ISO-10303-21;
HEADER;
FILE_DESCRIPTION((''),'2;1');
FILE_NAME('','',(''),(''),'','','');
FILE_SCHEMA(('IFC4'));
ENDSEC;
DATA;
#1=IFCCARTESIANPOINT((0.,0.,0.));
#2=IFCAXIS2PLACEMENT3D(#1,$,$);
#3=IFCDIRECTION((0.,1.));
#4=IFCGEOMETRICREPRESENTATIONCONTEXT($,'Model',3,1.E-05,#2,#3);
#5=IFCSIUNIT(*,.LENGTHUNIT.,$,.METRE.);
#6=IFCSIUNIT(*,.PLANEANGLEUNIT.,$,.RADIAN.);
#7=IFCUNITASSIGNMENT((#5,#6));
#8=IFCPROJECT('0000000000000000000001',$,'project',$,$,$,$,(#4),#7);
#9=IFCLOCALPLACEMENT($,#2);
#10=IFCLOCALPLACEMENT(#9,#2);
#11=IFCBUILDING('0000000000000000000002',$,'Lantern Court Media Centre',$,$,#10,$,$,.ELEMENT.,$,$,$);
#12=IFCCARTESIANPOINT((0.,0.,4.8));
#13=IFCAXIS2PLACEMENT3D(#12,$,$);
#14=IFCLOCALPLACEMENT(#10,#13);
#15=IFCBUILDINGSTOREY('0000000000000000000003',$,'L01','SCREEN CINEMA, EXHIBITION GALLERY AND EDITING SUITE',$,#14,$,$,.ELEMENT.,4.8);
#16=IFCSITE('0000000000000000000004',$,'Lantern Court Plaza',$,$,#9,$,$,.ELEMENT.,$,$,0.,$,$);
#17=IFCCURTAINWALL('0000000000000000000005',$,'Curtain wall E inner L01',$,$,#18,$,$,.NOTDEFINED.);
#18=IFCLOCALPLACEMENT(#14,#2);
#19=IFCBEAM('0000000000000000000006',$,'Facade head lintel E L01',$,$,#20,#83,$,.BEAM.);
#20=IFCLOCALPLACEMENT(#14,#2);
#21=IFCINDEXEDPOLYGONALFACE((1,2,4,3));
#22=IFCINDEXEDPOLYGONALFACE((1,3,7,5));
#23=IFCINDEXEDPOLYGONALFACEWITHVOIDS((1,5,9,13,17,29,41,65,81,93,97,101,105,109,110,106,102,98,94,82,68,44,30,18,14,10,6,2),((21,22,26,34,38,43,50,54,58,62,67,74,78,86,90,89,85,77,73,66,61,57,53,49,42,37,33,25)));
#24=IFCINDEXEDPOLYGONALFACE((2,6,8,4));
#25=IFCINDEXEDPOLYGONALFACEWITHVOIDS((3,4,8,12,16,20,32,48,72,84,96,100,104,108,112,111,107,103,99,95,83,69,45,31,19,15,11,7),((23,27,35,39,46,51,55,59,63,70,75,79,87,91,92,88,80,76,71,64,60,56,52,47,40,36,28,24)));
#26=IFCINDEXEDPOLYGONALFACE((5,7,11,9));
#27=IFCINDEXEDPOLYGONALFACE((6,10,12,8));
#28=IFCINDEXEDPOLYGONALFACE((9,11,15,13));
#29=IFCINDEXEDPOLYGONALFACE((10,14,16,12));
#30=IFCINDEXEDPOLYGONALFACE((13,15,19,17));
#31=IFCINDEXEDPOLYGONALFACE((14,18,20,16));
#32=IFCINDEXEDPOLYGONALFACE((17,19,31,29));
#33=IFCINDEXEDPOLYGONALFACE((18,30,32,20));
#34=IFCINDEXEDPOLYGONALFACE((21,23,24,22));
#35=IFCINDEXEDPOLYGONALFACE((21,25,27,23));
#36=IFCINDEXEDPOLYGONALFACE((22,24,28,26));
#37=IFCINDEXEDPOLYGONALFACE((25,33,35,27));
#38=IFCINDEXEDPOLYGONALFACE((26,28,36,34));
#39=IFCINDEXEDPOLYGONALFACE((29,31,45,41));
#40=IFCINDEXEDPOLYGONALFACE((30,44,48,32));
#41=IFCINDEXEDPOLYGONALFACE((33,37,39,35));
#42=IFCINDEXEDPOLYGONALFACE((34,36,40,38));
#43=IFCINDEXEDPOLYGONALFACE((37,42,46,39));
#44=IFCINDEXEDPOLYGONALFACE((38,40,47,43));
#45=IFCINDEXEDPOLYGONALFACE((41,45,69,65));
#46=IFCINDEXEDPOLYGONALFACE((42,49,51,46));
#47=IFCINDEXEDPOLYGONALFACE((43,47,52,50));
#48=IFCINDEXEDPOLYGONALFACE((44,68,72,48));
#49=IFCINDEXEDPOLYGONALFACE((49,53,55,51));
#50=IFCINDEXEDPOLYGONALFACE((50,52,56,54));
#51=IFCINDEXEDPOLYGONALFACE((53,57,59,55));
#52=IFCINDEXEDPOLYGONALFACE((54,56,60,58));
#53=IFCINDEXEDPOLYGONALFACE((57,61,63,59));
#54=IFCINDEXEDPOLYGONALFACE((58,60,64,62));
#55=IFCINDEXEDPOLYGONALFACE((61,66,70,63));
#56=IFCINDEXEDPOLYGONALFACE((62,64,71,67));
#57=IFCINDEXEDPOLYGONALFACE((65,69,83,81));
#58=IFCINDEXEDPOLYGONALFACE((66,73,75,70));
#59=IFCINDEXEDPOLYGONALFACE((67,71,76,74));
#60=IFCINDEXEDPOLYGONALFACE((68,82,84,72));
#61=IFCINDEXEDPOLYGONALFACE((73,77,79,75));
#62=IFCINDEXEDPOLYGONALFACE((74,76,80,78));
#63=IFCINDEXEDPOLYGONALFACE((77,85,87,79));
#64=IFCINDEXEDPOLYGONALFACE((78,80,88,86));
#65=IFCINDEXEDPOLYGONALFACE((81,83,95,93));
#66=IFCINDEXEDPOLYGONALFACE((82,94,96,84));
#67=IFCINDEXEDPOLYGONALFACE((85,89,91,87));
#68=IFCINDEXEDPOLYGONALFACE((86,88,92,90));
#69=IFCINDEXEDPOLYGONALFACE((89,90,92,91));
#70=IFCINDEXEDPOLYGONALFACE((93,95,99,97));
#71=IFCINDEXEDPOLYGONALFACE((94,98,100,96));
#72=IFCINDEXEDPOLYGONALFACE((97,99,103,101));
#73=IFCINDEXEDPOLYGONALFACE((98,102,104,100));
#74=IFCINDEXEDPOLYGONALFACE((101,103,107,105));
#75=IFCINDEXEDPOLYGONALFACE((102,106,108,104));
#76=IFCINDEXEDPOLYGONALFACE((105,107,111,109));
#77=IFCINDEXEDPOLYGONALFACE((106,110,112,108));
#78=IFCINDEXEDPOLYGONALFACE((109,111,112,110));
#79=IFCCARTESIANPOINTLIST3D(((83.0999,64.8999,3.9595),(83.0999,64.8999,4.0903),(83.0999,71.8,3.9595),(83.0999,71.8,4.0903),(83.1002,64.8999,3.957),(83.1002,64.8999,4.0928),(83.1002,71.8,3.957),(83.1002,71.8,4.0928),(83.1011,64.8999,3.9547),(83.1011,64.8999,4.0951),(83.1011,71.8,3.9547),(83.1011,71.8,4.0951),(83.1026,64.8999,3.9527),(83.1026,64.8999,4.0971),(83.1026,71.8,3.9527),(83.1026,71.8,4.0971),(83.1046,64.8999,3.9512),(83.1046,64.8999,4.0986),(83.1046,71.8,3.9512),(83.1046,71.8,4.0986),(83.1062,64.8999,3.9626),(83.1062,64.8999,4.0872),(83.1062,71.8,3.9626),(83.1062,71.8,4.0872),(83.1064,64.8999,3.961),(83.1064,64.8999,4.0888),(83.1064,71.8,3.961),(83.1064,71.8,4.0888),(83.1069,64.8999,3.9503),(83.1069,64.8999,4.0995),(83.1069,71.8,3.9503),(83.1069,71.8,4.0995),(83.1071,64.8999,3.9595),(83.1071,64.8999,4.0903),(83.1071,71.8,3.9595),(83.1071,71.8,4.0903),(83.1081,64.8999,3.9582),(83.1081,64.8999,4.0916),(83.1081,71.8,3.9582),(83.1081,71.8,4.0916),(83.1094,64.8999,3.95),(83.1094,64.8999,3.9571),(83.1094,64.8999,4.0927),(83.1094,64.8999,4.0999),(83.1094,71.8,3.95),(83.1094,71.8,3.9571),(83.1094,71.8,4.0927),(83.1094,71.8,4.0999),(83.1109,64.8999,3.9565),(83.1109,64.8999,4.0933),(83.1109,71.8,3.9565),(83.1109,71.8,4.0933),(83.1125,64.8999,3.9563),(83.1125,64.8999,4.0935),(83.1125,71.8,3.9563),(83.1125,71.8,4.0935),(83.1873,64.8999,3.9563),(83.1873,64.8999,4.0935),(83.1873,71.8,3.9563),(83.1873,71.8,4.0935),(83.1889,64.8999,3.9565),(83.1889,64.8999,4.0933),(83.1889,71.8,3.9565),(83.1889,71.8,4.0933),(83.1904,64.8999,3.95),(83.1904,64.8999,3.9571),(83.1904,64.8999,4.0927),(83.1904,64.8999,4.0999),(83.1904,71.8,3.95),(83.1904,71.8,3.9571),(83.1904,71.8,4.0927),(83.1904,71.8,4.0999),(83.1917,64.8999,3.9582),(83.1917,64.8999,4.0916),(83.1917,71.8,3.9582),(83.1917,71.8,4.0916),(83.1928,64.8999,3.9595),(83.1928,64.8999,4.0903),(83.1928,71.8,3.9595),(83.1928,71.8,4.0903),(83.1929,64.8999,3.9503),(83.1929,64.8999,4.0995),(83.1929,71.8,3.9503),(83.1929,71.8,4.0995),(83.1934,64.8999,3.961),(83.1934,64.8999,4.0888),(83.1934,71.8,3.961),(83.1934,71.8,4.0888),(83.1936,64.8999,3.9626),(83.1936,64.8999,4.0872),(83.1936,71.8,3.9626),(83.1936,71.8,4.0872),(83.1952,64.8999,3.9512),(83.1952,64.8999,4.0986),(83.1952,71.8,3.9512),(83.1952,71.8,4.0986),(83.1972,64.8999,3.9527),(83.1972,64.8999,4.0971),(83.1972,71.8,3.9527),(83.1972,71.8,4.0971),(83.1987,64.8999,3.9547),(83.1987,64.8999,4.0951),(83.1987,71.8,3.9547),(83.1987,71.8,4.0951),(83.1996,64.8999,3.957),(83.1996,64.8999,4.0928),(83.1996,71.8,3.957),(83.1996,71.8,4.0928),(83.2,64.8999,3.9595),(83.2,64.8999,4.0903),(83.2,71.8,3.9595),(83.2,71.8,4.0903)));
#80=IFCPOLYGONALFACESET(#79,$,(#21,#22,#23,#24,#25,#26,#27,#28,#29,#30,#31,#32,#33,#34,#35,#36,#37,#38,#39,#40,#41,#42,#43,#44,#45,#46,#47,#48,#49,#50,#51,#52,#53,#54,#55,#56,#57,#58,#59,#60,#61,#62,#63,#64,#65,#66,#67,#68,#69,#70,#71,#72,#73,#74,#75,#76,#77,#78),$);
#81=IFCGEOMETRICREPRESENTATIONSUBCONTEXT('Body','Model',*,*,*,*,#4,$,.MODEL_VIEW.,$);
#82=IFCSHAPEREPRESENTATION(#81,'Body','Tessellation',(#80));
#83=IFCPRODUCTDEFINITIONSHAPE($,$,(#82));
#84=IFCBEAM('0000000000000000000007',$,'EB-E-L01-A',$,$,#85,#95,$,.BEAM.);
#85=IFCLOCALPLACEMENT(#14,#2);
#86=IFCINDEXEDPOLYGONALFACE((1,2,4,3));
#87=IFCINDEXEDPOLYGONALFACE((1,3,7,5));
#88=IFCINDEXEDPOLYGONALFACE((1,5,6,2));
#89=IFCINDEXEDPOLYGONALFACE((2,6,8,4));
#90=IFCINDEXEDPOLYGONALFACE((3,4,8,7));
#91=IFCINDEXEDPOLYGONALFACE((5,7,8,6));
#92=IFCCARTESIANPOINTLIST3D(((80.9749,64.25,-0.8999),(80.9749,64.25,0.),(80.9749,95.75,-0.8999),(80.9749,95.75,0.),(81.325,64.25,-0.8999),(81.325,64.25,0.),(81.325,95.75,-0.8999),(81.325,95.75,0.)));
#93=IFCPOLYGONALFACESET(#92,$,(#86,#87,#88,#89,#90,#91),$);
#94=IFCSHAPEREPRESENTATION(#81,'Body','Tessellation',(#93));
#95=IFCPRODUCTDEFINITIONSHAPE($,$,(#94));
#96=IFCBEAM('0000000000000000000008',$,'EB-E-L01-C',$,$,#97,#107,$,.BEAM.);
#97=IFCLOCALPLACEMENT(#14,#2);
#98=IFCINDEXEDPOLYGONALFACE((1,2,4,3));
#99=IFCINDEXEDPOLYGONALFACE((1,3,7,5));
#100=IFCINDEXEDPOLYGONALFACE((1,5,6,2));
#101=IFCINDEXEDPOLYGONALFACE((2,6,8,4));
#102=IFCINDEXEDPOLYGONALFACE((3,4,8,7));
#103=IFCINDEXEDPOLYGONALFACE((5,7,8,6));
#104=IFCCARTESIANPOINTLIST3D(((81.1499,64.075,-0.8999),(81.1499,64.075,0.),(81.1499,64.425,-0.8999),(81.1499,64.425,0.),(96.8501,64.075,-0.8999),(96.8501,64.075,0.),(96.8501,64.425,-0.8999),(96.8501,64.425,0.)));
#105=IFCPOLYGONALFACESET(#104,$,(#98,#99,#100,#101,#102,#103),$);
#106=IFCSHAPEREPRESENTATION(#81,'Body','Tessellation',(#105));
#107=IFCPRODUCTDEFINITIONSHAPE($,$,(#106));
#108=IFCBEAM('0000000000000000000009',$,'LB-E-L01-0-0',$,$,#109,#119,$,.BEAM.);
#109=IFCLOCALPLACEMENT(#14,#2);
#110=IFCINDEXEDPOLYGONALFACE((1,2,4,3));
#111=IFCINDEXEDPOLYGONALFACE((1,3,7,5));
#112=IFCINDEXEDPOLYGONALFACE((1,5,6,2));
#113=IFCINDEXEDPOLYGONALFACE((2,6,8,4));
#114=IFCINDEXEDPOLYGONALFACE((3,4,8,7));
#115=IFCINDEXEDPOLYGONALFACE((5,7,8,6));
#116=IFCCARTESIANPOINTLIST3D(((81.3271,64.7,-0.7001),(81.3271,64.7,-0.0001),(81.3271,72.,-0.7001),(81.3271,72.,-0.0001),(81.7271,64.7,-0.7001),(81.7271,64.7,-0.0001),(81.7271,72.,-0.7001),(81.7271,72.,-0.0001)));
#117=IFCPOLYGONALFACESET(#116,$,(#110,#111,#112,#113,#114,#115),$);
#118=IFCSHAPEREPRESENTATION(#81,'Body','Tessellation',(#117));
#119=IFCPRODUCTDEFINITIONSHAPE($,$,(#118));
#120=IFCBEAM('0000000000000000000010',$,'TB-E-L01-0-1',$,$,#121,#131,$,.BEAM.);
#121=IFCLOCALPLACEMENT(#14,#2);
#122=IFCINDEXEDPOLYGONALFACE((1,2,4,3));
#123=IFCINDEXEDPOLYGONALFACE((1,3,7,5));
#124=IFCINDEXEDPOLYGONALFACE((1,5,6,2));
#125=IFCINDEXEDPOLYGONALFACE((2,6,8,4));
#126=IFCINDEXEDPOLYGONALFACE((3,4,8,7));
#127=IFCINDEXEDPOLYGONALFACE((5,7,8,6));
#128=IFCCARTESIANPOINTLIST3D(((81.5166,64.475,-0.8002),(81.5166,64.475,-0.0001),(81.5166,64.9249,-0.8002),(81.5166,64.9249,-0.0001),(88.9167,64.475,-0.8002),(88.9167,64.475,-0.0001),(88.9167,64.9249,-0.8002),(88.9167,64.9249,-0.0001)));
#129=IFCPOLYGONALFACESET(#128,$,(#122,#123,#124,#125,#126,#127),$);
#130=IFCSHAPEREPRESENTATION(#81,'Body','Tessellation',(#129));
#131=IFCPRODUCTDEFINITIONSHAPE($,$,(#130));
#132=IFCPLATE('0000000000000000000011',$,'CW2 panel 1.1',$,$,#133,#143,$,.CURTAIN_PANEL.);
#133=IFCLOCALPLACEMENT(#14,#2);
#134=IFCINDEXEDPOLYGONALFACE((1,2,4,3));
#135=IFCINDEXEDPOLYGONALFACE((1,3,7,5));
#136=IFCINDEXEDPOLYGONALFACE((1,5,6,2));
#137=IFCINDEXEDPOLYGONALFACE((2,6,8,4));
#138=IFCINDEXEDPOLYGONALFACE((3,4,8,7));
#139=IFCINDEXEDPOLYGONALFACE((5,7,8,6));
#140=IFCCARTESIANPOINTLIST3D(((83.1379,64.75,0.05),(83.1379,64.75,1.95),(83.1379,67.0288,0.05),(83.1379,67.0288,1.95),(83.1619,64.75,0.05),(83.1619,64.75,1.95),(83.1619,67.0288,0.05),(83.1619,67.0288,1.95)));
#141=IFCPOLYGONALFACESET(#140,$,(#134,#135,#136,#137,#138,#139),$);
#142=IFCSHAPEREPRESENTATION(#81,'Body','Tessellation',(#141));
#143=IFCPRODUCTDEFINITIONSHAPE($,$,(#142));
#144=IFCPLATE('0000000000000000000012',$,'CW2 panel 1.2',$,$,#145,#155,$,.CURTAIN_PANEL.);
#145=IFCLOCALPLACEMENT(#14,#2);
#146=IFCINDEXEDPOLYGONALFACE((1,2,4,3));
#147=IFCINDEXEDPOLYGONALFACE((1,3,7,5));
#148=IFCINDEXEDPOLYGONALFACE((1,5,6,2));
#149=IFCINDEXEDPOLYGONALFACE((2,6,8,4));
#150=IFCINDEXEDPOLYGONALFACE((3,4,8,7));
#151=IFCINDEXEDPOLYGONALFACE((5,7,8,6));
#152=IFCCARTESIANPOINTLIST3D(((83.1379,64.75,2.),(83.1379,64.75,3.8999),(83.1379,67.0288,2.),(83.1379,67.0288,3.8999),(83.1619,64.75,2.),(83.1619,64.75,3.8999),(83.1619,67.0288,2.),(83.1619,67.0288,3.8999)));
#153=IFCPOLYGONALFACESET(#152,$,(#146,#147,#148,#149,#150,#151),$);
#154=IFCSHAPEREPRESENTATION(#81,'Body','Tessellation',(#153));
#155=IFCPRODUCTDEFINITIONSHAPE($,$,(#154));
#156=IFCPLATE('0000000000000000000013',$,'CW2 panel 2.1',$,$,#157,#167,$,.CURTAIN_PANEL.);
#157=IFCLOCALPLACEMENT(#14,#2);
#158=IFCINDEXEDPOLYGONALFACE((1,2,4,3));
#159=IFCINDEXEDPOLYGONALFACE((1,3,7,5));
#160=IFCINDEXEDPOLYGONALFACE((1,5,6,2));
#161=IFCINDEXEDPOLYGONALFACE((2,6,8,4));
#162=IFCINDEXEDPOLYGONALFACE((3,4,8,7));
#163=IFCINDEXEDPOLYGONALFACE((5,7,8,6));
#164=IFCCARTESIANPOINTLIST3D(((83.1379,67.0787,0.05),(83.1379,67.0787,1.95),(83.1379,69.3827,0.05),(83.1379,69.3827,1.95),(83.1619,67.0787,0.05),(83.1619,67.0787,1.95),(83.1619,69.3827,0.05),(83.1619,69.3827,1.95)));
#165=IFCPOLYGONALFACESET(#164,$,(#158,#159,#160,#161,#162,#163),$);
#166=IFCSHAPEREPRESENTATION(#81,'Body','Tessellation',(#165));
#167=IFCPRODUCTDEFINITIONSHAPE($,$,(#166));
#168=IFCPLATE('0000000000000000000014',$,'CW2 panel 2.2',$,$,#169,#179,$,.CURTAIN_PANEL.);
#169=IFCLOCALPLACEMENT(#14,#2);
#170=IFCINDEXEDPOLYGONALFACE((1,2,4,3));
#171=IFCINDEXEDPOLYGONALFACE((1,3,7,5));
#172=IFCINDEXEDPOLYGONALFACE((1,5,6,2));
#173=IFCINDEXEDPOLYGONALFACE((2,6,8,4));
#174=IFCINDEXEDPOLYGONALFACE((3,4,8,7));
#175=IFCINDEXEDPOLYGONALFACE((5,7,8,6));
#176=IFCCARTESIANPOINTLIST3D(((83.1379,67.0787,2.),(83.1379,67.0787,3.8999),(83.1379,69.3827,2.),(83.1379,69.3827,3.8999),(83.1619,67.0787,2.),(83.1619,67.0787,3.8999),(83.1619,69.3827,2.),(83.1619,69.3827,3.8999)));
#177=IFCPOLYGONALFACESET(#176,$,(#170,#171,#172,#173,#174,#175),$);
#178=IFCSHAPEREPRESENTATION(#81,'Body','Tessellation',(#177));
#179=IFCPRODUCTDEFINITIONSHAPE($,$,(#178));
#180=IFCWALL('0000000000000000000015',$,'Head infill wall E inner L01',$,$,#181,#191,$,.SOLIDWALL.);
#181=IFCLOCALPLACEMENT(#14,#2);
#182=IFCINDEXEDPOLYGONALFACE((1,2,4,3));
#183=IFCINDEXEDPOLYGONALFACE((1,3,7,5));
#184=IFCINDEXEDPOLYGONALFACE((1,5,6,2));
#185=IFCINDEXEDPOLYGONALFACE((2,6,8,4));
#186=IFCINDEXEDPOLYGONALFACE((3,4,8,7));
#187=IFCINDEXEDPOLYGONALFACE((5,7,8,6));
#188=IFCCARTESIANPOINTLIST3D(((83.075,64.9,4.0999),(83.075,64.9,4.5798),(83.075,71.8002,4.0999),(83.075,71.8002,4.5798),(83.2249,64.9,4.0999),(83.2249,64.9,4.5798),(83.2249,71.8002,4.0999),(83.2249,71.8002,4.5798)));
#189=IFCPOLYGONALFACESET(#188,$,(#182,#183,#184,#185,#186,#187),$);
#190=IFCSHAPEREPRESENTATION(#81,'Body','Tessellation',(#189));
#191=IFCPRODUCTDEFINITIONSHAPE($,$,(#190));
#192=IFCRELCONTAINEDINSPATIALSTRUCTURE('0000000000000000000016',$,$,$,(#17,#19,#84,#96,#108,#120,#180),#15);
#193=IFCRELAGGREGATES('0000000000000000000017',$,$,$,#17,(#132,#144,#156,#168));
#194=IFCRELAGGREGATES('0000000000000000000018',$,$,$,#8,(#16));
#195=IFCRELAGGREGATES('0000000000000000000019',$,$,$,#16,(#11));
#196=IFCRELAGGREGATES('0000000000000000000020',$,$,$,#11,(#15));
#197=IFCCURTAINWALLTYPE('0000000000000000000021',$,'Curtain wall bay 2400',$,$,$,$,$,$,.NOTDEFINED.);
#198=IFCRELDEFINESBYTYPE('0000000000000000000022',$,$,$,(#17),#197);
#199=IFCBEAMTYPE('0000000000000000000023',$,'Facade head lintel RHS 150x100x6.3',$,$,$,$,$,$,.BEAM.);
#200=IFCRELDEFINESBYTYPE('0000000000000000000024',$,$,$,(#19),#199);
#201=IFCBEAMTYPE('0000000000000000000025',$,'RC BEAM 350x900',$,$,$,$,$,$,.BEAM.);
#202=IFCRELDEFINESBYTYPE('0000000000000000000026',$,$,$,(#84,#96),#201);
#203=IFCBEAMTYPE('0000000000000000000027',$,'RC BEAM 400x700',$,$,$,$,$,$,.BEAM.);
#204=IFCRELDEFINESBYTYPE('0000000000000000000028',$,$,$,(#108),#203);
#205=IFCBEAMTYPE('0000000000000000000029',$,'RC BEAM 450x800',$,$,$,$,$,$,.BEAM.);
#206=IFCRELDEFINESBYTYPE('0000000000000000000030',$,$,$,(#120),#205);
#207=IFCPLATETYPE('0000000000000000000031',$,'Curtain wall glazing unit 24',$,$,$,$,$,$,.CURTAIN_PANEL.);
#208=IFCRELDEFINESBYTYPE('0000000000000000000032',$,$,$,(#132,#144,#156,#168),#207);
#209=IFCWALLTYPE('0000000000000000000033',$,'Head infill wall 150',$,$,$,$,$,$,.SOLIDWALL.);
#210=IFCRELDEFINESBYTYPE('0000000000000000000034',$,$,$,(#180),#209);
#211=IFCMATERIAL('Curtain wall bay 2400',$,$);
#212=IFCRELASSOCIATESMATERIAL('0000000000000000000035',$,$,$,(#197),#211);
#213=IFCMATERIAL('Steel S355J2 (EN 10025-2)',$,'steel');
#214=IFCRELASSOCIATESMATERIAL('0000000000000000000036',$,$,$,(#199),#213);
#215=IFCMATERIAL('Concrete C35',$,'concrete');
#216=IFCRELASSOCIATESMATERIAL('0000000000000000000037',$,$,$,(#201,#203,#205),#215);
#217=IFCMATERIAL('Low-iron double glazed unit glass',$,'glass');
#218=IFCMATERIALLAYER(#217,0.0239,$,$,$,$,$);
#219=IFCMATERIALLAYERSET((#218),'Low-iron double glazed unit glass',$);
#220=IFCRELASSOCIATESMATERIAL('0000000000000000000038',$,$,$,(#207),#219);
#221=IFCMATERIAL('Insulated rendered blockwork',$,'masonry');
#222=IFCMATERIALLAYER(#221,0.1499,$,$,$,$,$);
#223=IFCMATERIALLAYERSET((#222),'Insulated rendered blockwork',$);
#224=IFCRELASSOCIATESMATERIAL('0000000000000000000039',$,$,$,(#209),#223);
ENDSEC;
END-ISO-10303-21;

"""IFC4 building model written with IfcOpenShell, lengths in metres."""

from ifc_helpers import new_model, si_unit, direction, frame, frame_2d, origin, origin_2d, place, context, subcontext, project, spatial, rectangle, hollow_rectangle, extrude, material, layer, layer_set, material_profile, profile_set, type_object, element, aggregate, save


model = new_model("IFC4")

# Units and contexts
model_context = context("Model", 3, precision=1e-05, world=origin(), true_north=direction((0.0, 1.0)))
body_context = subcontext(model_context, "Body", "Model", "MODEL_VIEW")
ifc_project = project(units=[si_unit("LENGTHUNIT", "METRE"), si_unit("PLANEANGLEUNIT", "RADIAN")], contexts=[model_context])

# Site, building, storey
site_placement = place(None, origin())
site = spatial("IfcSite", under=ifc_project, at=site_placement, Name="Lantern Court Plaza", CompositionType="ELEMENT", RefElevation=0.0)
building_placement = place(site_placement, origin())
building = spatial("IfcBuilding", under=site, at=building_placement, Name="Lantern Court Media Centre", CompositionType="ELEMENT")
storey_placement = place(building_placement, frame((0.0, 0.0, 4.8)))
storey = spatial("IfcBuildingStorey", under=building, at=storey_placement, Name="L01", Description="SCREEN CINEMA, EXHIBITION GALLERY AND EDITING SUITE", CompositionType="ELEMENT", Elevation=4.8)

# Shared definitions
ifc_material_1 = material(Name="Concrete C35", Category="concrete")

# Curtain wall
ifc_material_2 = material(Name="Curtain wall bay 2400")
curtain_wall_type = type_object("IfcCurtainWallType", Name="Curtain wall bay 2400", PredefinedType="NOTDEFINED", material=ifc_material_2)
curtain_wall_placement = place(storey_placement, origin())
curtain_wall = element("IfcCurtainWall", 1, at=curtain_wall_placement, inside=storey, type_object=curtain_wall_type, Name="Curtain wall E inner L01", PredefinedType="NOTDEFINED")

# Beams
ifc_material_3 = material(Name="Steel S355J2 (EN 10025-2)", Category="steel")
ifc_material_profile_1 = material_profile(ifc_material_3, hollow_rectangle(XDim=0.1001, YDim=0.1499, WallThickness=0.0063, InnerFilletRadius=0.0063, OuterFilletRadius=0.0095, at=origin_2d()), Name="Facade head lintel RHS 150x100x6.3")
ifc_profile_set_1 = profile_set([ifc_material_profile_1], Name="Steel S355J2 (EN 10025-2)")
beam_type_1 = type_object("IfcBeamType", Name="Facade head lintel RHS 150x100x6.3", PredefinedType="BEAM", material=ifc_profile_set_1)
beam_1_placement = place(storey_placement, frame((83.1499, 64.8999, 4.0249), z_axis=(0.0, 1.0, 0.0), x_axis=(-1.0, 0.0, 0.0)))
element("IfcBeam", 2, at=beam_1_placement, inside=storey, type_object=beam_type_1, Name="Facade head lintel E L01", PredefinedType="BEAM", context=body_context, shape_type="SweptSolid", body=[
    extrude(hollow_rectangle(XDim=0.1001, YDim=0.1499, WallThickness=0.0063, InnerFilletRadius=0.0063, OuterFilletRadius=0.0095, at=origin_2d()), origin(), (0.0, 0.0, 1.0), 6.9001),
])
ifc_material_profile_2 = material_profile(ifc_material_1, rectangle(XDim=0.3501, YDim=0.8999, at=origin_2d()), Name="RC 350x900")
ifc_profile_set_2 = profile_set([ifc_material_profile_2], Name="Concrete C35")
beam_type_2 = type_object("IfcBeamType", Name="RC BEAM 350x900", PredefinedType="BEAM", material=ifc_profile_set_2)
beam_2_placement = place(storey_placement, frame((81.1499, 64.25, -0.45), z_axis=(0.0, 1.0, 0.0), x_axis=(-1.0, 0.0, 0.0)))
element("IfcBeam", 3, at=beam_2_placement, inside=storey, type_object=beam_type_2, Name="EB-E-L01-A", PredefinedType="BEAM", context=body_context, shape_type="SweptSolid", body=[
    extrude(rectangle(XDim=0.3501, YDim=0.8999, at=origin_2d()), origin(), (0.0, 0.0, 1.0), 31.5),
])
beam_3_placement = place(storey_placement, frame((81.1499, 64.25, -0.45), z_axis=(1.0, 0.0, 0.0), x_axis=(0.0, 1.0, 0.0)))
element("IfcBeam", 4, at=beam_3_placement, inside=storey, type_object=beam_type_2, Name="EB-E-L01-C", PredefinedType="BEAM", context=body_context, shape_type="SweptSolid", body=[
    extrude(rectangle(XDim=0.3501, YDim=0.8999, at=origin_2d()), origin(), (0.0, 0.0, 1.0), 15.7002),
])
ifc_material_profile_3 = material_profile(ifc_material_1, rectangle(XDim=0.3999, YDim=0.7, at=origin_2d()), Name="RC 400x700")
ifc_profile_set_3 = profile_set([ifc_material_profile_3], Name="Concrete C35")
beam_type_3 = type_object("IfcBeamType", Name="RC BEAM 400x700", PredefinedType="BEAM", material=ifc_profile_set_3)
beam_4_placement = place(storey_placement, frame((81.5271, 64.7, -0.3501), z_axis=(0.0, 1.0, 0.0), x_axis=(-1.0, 0.0, 0.0)))
element("IfcBeam", 5, at=beam_4_placement, inside=storey, type_object=beam_type_3, Name="LB-E-L01-0-0", PredefinedType="BEAM", context=body_context, shape_type="SweptSolid", body=[
    extrude(rectangle(XDim=0.3999, YDim=0.7, at=origin_2d()), origin(), (0.0, 0.0, 1.0), 7.3),
])
ifc_material_profile_4 = material_profile(ifc_material_1, rectangle(XDim=0.45, YDim=0.8, at=origin_2d()), Name="RC 450x800")
ifc_profile_set_4 = profile_set([ifc_material_profile_4], Name="Concrete C35")
beam_type_4 = type_object("IfcBeamType", Name="RC BEAM 450x800", PredefinedType="BEAM", material=ifc_profile_set_4)
beam_5_placement = place(storey_placement, frame((81.5166, 64.7, -0.4001), z_axis=(1.0, 0.0, 0.0), x_axis=(0.0, 1.0, 0.0)))
element("IfcBeam", 6, at=beam_5_placement, inside=storey, type_object=beam_type_4, Name="TB-E-L01-0-1", PredefinedType="BEAM", context=body_context, shape_type="SweptSolid", body=[
    extrude(rectangle(XDim=0.45, YDim=0.8, at=origin_2d()), origin(), (0.0, 0.0, 1.0), 7.4001),
])

# Plates
ifc_material_4 = material(Name="Low-iron double glazed unit glass", Category="glass")
ifc_layer_1 = layer(ifc_material_4, 0.0239)
ifc_layer_set_1 = layer_set([ifc_layer_1], Name="Low-iron double glazed unit glass")
plate_type = type_object("IfcPlateType", Name="Curtain wall glazing unit 24", PredefinedType="CURTAIN_PANEL", material=ifc_layer_set_1)
plate_1_placement = place(storey_placement, frame((83.1499, 65.8894, 0.05), z_axis=(0.0, 0.0, 1.0), x_axis=(0.0, 1.0, 0.0)))
plate_1 = element("IfcPlate", 7, at=plate_1_placement, type_object=plate_type, Name="CW2 panel 1.1", PredefinedType="CURTAIN_PANEL", context=body_context, shape_type="SweptSolid", body=[
    extrude(rectangle(XDim=2.2788, YDim=0.0239, at=origin_2d()), origin(), (0.0, 0.0, 1.0), 1.8999),
])
plate_2_placement = place(storey_placement, frame((83.1499, 65.8894, 2.0), z_axis=(0.0, 0.0, 1.0), x_axis=(0.0, 1.0, 0.0)))
plate_2 = element("IfcPlate", 8, at=plate_2_placement, type_object=plate_type, Name="CW2 panel 1.2", PredefinedType="CURTAIN_PANEL", context=body_context, shape_type="SweptSolid", body=[
    extrude(rectangle(XDim=2.2788, YDim=0.0239, at=origin_2d()), origin(), (0.0, 0.0, 1.0), 1.8999),
])
plate_3_placement = place(storey_placement, frame((83.1499, 68.2307, 0.05), z_axis=(0.0, 0.0, 1.0), x_axis=(0.0, 1.0, 0.0)))
plate_3 = element("IfcPlate", 9, at=plate_3_placement, type_object=plate_type, Name="CW2 panel 2.1", PredefinedType="CURTAIN_PANEL", context=body_context, shape_type="SweptSolid", body=[
    extrude(rectangle(XDim=2.304, YDim=0.0239, at=origin_2d()), origin(), (0.0, 0.0, 1.0), 1.8999),
])
plate_4_placement = place(storey_placement, frame((83.1499, 68.2307, 2.0), z_axis=(0.0, 0.0, 1.0), x_axis=(0.0, 1.0, 0.0)))
plate_4 = element("IfcPlate", 10, at=plate_4_placement, type_object=plate_type, Name="CW2 panel 2.2", PredefinedType="CURTAIN_PANEL", context=body_context, shape_type="SweptSolid", body=[
    extrude(rectangle(XDim=2.304, YDim=0.0239, at=origin_2d()), origin(), (0.0, 0.0, 1.0), 1.8999),
])
aggregate(curtain_wall, [plate_1, plate_2, plate_3, plate_4])

# Wall
ifc_material_5 = material(Name="Insulated rendered blockwork", Category="masonry")
ifc_layer_2 = layer(ifc_material_5, 0.1499)
ifc_layer_set_2 = layer_set([ifc_layer_2], Name="Insulated rendered blockwork")
wall_type_1 = type_object("IfcWallType", Name="Head infill wall 150", PredefinedType="SOLIDWALL", material=ifc_layer_set_2)
wall_1_placement = place(storey_placement, frame((83.1499, 64.8999, 4.0999), z_axis=(0.0, 0.0, 1.0), x_axis=(0.0, 1.0, 0.0)))
element("IfcWall", 11, at=wall_1_placement, inside=storey, type_object=wall_type_1, Name="Head infill wall E inner L01", PredefinedType="SOLIDWALL", context=body_context, shape_type="SweptSolid", body=[
    extrude(rectangle(XDim=6.9001, YDim=0.1499, at=frame_2d((3.4502, 0.0))), origin(), (0.0, 0.0, 1.0), 0.48),
])

save(model, "model.ifc")
